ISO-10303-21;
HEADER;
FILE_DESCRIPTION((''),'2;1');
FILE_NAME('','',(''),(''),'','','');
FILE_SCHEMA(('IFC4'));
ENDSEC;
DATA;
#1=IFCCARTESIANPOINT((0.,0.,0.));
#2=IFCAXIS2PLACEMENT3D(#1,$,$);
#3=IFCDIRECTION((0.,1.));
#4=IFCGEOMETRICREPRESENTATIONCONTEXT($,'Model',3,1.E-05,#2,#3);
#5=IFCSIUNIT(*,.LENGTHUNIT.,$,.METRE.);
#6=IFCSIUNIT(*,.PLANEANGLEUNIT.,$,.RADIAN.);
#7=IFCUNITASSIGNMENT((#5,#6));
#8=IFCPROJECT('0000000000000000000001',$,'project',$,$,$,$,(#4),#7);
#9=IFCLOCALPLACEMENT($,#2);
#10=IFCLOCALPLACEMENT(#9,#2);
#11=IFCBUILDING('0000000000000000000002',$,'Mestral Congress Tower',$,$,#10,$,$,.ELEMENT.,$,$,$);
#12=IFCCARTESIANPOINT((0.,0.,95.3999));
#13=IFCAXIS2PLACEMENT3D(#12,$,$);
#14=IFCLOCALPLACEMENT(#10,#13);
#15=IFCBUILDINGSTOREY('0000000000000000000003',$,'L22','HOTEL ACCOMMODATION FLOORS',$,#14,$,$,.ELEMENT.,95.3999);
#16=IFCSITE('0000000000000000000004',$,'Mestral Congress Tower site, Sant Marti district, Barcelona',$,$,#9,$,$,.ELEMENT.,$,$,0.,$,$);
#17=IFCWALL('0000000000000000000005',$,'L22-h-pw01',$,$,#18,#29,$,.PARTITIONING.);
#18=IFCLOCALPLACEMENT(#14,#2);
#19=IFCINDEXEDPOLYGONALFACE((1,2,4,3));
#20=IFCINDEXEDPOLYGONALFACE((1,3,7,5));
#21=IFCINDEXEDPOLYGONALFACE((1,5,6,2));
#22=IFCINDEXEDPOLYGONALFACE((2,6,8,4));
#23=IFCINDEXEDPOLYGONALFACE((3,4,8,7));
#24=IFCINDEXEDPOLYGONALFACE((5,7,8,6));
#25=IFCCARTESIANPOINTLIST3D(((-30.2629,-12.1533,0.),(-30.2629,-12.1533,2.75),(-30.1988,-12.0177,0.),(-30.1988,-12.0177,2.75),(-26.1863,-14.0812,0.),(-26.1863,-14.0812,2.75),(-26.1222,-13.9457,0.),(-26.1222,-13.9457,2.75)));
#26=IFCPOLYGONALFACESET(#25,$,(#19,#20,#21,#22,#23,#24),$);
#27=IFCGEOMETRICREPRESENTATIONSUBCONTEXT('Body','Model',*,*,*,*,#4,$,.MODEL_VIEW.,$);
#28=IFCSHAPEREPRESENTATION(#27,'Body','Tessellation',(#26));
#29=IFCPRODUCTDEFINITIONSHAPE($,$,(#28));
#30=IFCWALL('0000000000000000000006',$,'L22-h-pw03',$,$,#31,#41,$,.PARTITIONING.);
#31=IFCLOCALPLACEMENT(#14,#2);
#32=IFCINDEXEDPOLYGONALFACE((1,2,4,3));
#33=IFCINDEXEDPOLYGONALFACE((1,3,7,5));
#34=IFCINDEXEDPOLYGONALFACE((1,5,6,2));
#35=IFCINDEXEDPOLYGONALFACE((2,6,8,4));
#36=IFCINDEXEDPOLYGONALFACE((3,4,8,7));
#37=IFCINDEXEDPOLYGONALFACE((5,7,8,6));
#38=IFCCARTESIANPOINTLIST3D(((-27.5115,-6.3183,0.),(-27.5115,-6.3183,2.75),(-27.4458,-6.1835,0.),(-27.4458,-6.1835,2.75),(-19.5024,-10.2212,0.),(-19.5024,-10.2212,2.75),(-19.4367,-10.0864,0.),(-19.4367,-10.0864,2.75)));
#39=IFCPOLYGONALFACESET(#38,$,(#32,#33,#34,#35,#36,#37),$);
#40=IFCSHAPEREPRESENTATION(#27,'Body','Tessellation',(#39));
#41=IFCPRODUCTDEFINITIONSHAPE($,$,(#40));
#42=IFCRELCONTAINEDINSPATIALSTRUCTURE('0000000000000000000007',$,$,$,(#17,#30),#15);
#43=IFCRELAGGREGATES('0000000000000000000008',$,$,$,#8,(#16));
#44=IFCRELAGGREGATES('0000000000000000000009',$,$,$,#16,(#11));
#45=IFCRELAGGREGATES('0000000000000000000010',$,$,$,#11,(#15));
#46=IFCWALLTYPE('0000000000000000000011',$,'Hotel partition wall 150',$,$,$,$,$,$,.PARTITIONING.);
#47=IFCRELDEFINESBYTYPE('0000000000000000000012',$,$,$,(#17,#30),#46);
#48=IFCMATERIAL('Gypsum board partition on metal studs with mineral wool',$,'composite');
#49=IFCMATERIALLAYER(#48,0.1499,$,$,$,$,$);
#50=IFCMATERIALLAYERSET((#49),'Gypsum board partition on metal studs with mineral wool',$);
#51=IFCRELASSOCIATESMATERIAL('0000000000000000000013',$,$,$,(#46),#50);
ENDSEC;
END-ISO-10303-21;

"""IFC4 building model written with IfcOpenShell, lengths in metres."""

from ifc_helpers import new_model, si_unit, direction, frame, frame_2d, origin, place, context, subcontext, project, spatial, rectangle, extrude, material, layer, layer_set, type_object, element, save


model = new_model("IFC4")

# Units and contexts
model_context = context("Model", 3, precision=1e-05, world=origin(), true_north=direction((0.0, 1.0)))
body_context = subcontext(model_context, "Body", "Model", "MODEL_VIEW")
ifc_project = project(units=[si_unit("LENGTHUNIT", "METRE"), si_unit("PLANEANGLEUNIT", "RADIAN")], contexts=[model_context])

# Site, building, storey
site_placement = place(None, origin())
site = spatial("IfcSite", under=ifc_project, at=site_placement, Name="Mestral Congress Tower site, Sant Marti district, Barcelona", CompositionType="ELEMENT", RefElevation=0.0)
building_placement = place(site_placement, origin())
building = spatial("IfcBuilding", under=site, at=building_placement, Name="Mestral Congress Tower", CompositionType="ELEMENT")
storey_placement = place(building_placement, frame((0.0, 0.0, 95.3999)))
storey = spatial("IfcBuildingStorey", under=building, at=storey_placement, Name="L22", Description="HOTEL ACCOMMODATION FLOORS", CompositionType="ELEMENT", Elevation=95.3999)

# Walls
ifc_material_1 = material(Name="Gypsum board partition on metal studs with mineral wool", Category="composite")
ifc_layer_1 = layer(ifc_material_1, 0.1499)
ifc_layer_set_1 = layer_set([ifc_layer_1], Name="Gypsum board partition on metal studs with mineral wool")
wall_type_1 = type_object("IfcWallType", Name="Hotel partition wall 150", PredefinedType="PARTITIONING", material=ifc_layer_set_1)
wall_1_placement = place(storey_placement, frame((-30.231, -12.0854, 0.0), z_axis=(0.0, 0.0, 1.0), x_axis=(0.904001, -0.42753, 0.0)))
element("IfcWall", 1, at=wall_1_placement, inside=storey, type_object=wall_type_1, Name="L22-h-pw01", PredefinedType="PARTITIONING", context=body_context, shape_type="SweptSolid", body=[
    extrude(rectangle(XDim=4.5095, YDim=0.1499, at=frame_2d((2.2549, 0.0))), origin(), (0.0, 0.0, 1.0), 2.75),
])
wall_2_placement = place(storey_placement, frame((-27.4785, -6.251, 0.0), z_axis=(0.0, 0.0, 1.0), x_axis=(0.898946, -0.43806, 0.0)))
element("IfcWall", 2, at=wall_2_placement, inside=storey, type_object=wall_type_1, Name="L22-h-pw03", PredefinedType="PARTITIONING", context=body_context, shape_type="SweptSolid", body=[
    extrude(rectangle(XDim=8.9094, YDim=0.1499, at=frame_2d((4.4546, 0.0))), origin(), (0.0, 0.0, 1.0), 2.75),
])

save(model, "model.ifc")
